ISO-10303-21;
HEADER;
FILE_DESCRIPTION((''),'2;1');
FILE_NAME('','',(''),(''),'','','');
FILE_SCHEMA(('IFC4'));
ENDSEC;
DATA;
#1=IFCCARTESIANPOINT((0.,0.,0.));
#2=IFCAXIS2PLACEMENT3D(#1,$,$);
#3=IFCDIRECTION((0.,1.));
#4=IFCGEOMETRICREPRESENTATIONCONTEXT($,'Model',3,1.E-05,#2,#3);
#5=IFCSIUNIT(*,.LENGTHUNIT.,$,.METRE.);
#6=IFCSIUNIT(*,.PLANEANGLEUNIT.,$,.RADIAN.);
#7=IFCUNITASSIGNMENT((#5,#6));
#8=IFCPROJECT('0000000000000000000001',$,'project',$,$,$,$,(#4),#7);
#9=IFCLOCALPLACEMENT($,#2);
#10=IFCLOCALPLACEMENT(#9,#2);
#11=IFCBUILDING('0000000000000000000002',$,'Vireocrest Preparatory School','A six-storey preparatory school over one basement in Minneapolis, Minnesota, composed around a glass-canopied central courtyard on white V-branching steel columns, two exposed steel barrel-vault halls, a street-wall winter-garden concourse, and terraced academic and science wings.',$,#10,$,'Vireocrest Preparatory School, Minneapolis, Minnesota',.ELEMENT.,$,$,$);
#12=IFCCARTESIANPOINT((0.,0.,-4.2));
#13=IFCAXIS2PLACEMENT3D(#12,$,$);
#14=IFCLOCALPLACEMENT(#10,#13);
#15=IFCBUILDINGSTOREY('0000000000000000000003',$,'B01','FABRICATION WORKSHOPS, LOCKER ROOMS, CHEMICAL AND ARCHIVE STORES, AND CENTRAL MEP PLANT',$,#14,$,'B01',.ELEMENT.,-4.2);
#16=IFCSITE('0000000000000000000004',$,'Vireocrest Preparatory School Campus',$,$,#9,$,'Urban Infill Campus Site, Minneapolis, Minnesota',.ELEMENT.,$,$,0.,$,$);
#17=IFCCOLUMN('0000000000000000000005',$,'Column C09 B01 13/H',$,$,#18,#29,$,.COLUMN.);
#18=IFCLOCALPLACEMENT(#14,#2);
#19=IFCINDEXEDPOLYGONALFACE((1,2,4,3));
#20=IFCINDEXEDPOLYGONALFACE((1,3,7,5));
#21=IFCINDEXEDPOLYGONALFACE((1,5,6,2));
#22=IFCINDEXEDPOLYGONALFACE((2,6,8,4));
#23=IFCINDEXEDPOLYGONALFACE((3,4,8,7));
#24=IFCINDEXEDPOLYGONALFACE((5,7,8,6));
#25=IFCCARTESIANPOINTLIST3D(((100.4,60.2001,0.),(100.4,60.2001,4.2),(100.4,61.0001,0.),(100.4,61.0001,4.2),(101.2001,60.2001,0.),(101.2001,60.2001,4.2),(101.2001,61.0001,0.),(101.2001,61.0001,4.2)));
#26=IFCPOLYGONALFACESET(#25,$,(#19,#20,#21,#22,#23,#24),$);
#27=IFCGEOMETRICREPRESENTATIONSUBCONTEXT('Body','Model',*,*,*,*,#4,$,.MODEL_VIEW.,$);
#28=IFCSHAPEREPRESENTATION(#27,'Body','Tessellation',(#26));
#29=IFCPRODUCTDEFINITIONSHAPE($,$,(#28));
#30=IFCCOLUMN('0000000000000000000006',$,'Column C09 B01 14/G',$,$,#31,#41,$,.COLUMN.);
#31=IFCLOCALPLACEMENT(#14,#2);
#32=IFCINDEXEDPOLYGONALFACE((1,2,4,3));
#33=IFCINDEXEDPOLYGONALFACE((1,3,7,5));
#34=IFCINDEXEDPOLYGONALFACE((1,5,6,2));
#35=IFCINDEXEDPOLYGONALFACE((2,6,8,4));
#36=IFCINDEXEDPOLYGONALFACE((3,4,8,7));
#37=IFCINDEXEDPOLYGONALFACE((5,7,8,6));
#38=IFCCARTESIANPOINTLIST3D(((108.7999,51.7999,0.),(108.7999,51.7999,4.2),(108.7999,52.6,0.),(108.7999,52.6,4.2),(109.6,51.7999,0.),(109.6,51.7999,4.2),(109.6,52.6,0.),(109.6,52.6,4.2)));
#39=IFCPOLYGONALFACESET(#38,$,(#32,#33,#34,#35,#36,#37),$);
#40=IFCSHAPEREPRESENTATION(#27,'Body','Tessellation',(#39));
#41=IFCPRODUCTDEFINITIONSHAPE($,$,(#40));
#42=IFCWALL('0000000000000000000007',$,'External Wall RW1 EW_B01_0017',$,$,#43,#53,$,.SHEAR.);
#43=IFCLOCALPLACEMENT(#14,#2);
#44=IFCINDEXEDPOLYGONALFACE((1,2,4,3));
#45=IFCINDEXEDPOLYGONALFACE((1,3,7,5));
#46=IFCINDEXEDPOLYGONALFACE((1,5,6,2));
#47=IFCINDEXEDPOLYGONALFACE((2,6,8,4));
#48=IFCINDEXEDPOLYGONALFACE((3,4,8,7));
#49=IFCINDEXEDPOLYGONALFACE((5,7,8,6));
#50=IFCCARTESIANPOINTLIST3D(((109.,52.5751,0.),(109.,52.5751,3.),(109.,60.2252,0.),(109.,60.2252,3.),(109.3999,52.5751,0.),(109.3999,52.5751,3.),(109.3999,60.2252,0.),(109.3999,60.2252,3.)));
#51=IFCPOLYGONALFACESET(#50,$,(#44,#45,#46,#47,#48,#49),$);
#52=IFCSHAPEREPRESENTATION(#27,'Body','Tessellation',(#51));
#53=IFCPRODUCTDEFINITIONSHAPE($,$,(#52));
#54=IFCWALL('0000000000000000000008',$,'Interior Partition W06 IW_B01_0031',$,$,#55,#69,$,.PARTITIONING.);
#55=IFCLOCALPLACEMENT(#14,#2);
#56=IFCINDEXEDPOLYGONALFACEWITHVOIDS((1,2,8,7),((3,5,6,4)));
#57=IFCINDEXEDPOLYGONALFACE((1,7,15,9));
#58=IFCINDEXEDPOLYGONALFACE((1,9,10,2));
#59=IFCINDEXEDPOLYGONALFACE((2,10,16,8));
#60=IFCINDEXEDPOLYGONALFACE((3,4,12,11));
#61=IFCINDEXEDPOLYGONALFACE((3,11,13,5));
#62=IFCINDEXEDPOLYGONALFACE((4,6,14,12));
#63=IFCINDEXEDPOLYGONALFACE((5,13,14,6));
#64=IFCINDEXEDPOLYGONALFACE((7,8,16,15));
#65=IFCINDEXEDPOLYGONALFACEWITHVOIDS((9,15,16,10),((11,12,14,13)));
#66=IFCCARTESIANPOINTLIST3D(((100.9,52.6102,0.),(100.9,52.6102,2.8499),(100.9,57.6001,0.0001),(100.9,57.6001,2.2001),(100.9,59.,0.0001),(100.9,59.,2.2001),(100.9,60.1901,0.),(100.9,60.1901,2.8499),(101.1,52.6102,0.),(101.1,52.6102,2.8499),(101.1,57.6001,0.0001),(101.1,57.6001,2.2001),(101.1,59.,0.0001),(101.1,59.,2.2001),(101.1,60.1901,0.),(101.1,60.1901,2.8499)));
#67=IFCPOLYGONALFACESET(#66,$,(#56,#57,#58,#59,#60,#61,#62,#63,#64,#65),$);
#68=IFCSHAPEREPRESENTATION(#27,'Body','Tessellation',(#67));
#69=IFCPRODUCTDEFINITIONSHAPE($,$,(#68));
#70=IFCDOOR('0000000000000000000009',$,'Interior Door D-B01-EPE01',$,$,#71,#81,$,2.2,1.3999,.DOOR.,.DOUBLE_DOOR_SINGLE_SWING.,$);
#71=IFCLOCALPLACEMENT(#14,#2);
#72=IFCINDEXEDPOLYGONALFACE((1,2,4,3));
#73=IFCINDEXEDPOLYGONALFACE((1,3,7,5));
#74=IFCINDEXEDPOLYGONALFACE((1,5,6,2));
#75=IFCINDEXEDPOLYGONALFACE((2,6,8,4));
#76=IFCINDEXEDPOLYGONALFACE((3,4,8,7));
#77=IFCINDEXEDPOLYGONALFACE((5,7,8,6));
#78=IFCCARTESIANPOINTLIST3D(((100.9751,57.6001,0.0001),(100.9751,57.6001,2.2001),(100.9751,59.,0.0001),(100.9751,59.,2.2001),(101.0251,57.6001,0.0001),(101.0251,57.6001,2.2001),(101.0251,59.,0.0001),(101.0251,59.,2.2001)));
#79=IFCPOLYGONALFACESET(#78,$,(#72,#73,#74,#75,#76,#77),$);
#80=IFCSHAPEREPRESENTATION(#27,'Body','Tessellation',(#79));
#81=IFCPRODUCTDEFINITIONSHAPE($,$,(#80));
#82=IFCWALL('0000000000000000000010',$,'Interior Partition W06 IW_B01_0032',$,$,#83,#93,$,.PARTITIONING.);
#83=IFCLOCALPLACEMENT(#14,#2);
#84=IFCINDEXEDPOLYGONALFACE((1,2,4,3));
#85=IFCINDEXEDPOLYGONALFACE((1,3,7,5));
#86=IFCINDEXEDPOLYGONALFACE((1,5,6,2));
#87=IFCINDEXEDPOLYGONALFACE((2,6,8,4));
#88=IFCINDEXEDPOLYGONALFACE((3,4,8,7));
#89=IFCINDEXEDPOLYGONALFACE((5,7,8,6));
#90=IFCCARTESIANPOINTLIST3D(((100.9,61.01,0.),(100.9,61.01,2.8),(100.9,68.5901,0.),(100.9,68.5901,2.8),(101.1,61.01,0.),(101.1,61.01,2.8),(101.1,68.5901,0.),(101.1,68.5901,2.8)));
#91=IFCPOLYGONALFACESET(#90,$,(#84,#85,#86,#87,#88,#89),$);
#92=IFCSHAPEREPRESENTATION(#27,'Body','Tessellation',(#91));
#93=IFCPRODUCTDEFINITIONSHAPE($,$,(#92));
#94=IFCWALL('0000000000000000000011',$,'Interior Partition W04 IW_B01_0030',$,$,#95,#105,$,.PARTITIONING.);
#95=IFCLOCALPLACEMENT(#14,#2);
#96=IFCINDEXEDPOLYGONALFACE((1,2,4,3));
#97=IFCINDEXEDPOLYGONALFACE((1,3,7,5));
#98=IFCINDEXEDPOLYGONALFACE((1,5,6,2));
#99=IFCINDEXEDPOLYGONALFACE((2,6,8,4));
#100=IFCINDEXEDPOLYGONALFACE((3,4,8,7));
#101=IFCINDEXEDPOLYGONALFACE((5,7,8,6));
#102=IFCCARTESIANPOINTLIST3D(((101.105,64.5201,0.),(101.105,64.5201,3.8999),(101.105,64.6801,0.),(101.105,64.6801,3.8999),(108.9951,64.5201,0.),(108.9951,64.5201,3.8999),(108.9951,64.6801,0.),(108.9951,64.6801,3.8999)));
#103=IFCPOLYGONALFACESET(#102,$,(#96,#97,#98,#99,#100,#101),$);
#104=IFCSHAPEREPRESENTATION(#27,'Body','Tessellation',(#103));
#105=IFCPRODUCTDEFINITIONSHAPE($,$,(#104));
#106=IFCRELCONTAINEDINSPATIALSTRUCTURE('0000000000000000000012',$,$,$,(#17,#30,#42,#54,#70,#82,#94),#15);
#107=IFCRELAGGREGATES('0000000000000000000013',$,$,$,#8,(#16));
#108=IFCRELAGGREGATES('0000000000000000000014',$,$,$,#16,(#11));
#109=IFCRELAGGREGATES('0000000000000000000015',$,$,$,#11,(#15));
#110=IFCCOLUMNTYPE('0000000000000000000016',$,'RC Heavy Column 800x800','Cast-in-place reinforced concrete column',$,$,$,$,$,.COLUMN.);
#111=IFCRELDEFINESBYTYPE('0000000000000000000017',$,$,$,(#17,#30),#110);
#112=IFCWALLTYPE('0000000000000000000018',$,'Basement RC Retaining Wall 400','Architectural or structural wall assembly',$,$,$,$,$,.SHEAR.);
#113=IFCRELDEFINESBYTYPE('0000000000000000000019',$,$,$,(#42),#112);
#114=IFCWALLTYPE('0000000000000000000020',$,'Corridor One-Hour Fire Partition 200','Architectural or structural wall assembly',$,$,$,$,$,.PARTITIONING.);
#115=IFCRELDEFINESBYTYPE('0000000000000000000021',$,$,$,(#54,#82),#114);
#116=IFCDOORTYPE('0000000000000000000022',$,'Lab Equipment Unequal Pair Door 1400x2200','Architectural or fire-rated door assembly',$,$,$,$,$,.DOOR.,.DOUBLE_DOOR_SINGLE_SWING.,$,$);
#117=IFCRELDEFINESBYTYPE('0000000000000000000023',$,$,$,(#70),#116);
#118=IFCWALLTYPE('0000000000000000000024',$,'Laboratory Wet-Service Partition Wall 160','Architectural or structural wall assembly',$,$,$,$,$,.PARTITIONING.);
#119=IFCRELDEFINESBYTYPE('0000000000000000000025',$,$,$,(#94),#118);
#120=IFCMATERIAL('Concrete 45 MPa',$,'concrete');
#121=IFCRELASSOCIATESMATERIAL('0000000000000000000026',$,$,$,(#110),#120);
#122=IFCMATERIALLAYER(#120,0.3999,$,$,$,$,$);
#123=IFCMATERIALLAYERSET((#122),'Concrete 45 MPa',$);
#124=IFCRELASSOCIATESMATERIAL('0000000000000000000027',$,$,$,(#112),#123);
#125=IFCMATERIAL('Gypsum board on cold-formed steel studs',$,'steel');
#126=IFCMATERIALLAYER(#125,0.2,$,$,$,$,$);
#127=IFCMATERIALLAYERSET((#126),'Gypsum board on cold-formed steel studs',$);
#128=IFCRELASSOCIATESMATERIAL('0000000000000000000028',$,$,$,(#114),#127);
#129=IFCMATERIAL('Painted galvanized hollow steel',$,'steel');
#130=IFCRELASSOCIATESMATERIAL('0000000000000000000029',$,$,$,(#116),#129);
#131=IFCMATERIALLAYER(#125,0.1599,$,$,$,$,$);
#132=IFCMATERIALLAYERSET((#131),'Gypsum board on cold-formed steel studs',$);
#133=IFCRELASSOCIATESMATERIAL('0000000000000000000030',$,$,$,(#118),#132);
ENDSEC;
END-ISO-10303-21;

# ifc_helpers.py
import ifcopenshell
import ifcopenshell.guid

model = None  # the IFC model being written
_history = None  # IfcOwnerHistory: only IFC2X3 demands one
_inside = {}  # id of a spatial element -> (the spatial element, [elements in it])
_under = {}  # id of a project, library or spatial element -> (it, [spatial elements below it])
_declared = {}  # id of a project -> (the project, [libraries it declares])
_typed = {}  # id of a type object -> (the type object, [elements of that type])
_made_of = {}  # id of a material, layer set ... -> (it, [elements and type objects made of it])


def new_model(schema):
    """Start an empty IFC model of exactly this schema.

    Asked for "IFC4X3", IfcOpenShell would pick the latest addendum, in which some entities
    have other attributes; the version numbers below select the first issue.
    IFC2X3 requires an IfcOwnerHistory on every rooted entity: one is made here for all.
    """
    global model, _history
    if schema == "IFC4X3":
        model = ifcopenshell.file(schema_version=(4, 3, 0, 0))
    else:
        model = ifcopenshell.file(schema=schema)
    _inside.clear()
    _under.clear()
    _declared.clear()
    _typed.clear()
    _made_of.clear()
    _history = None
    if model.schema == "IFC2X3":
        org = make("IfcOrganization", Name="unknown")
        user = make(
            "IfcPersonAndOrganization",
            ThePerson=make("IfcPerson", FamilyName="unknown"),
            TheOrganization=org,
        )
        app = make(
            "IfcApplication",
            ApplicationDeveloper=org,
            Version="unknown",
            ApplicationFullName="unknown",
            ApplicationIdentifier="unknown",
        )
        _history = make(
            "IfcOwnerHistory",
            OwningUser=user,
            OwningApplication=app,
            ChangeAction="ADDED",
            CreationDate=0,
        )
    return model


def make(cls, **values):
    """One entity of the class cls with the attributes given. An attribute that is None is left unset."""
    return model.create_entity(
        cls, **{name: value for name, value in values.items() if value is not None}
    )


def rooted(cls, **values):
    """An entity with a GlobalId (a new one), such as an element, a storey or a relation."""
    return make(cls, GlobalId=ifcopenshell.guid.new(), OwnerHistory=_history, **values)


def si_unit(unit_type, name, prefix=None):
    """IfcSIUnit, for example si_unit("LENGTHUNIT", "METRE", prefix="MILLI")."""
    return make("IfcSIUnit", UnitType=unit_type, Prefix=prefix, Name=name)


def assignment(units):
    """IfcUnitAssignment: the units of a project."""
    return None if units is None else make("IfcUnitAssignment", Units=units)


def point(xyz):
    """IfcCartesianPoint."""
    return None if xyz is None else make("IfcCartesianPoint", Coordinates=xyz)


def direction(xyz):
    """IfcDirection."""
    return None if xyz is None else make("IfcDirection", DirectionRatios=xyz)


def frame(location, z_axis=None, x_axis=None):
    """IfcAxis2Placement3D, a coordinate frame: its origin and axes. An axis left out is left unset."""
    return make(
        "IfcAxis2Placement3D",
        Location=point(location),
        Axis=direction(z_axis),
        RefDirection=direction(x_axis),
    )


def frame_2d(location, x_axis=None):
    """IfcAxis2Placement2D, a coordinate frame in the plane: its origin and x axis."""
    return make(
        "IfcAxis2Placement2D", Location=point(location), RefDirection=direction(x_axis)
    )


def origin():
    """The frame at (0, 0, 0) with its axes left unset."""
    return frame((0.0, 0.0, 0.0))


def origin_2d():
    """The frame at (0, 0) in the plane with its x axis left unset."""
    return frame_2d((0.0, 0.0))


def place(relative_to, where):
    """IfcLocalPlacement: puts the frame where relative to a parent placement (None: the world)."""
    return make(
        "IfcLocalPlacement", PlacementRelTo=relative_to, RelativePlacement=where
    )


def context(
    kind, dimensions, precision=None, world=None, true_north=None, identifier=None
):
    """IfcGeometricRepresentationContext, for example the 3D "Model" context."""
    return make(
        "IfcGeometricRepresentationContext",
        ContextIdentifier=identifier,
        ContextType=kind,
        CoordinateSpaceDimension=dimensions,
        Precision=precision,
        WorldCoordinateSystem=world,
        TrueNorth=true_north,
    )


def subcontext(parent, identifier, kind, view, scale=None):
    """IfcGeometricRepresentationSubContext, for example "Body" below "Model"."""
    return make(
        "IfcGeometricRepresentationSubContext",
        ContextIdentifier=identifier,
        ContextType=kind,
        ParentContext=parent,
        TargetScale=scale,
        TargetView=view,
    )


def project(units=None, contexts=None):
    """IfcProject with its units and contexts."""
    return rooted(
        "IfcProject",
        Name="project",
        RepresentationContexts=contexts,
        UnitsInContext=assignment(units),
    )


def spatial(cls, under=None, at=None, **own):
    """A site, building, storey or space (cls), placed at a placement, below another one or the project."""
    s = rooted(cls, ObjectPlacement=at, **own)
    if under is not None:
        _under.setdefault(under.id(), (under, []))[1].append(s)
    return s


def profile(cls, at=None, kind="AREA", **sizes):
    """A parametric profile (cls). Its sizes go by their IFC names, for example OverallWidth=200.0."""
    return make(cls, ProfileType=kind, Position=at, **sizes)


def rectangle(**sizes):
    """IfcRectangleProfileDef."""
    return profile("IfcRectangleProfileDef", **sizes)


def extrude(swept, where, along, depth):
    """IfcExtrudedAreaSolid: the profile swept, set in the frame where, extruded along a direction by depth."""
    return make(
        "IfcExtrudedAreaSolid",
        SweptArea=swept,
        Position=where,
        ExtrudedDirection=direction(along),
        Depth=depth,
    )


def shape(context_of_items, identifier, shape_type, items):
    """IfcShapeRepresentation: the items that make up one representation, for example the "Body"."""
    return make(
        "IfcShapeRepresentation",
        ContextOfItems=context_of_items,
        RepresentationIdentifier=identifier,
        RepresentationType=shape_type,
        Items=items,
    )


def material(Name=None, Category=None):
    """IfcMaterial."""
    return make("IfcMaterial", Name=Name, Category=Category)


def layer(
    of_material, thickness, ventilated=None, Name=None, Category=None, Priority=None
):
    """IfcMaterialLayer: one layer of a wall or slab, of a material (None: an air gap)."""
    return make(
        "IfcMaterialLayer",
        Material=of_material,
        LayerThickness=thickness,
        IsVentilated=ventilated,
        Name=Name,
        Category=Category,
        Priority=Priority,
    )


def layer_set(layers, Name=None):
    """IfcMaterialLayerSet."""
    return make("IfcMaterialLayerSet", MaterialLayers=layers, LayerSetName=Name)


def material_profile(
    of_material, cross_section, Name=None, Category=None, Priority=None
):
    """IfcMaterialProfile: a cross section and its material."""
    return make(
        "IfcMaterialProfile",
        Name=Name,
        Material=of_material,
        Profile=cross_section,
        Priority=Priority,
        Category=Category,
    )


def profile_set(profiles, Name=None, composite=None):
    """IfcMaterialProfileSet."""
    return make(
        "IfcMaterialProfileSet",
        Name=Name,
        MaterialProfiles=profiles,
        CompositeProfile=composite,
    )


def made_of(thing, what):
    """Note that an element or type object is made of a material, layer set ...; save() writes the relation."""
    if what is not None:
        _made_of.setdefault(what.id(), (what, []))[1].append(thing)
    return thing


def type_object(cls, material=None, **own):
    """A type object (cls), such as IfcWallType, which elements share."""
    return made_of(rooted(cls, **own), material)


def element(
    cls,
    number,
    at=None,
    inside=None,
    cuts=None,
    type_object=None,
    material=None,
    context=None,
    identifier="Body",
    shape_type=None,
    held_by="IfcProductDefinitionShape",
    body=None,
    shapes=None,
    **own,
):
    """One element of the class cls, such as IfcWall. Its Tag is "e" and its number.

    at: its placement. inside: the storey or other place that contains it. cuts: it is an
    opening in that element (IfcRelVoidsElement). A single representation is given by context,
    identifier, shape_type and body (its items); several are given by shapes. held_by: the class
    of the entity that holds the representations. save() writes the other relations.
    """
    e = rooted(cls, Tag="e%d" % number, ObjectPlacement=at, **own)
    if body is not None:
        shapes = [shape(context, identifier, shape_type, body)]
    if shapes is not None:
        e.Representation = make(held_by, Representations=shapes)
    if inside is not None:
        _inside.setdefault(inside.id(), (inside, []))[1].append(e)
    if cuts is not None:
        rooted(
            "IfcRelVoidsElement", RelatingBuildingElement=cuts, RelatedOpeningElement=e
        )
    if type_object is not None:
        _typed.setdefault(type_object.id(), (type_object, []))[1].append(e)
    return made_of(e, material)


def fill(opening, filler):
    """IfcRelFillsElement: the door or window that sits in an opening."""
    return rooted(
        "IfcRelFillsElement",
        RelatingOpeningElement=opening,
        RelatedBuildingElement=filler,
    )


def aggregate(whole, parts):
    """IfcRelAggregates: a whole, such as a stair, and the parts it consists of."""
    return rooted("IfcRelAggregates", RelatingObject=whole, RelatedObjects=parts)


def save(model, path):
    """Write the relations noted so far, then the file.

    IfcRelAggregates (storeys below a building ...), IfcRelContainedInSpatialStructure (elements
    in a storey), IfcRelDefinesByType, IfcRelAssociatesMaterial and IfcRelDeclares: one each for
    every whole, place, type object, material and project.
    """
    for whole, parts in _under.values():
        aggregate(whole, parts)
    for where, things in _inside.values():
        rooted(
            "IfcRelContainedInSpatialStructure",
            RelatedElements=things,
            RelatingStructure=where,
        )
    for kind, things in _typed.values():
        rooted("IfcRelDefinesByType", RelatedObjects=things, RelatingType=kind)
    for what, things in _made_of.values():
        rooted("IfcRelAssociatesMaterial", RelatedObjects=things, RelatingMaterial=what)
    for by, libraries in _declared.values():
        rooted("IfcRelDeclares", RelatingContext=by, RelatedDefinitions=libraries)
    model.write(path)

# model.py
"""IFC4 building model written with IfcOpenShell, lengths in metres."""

from ifc_helpers import new_model, si_unit, direction, frame, frame_2d, origin, origin_2d, place, context, subcontext, project, spatial, rectangle, extrude, material, layer, layer_set, material_profile, profile_set, type_object, element, fill, save


model = new_model("IFC4")

# Units and contexts
model_context = context("Model", 3, precision=1e-05, world=origin(), true_north=direction((0.0, 1.0)))
body_context = subcontext(model_context, "Body", "Model", "MODEL_VIEW")
ifc_project = project(units=[si_unit("LENGTHUNIT", "METRE"), si_unit("PLANEANGLEUNIT", "RADIAN")], contexts=[model_context])

# Site, building, storey
site_placement = place(None, origin())
site = spatial("IfcSite", under=ifc_project, at=site_placement, Name="Vireocrest Preparatory School Campus", LongName="Urban Infill Campus Site, Minneapolis, Minnesota", CompositionType="ELEMENT", RefElevation=0.0)
building_placement = place(site_placement, origin())
building = spatial("IfcBuilding", under=site, at=building_placement, Name="Vireocrest Preparatory School", Description="A six-storey preparatory school over one basement in Minneapolis, Minnesota, composed around a glass-canopied central courtyard on white V-branching steel columns, two exposed steel barrel-vault halls, a street-wall winter-garden concourse, and terraced academic and science wings.", LongName="Vireocrest Preparatory School, Minneapolis, Minnesota", CompositionType="ELEMENT")
storey_placement = place(building_placement, frame((0.0, 0.0, -4.2)))
storey = spatial("IfcBuildingStorey", under=building, at=storey_placement, Name="B01", Description="FABRICATION WORKSHOPS, LOCKER ROOMS, CHEMICAL AND ARCHIVE STORES, AND CENTRAL MEP PLANT", LongName="B01", CompositionType="ELEMENT", Elevation=-4.2)

# Columns
ifc_material_1 = material(Name="Concrete 45 MPa", Category="concrete")
ifc_material_profile_1 = material_profile(ifc_material_1, rectangle(XDim=0.8, YDim=0.8, at=origin_2d()), Name="RC 800x800")
ifc_profile_set_1 = profile_set([ifc_material_profile_1], Name="Concrete 45 MPa")
column_type = type_object("IfcColumnType", Name="RC Heavy Column 800x800", Description="Cast-in-place reinforced concrete column", PredefinedType="COLUMN", material=ifc_profile_set_1)
for number, where, z_axis, x_axis, name in (
    (1, (100.8, 60.6001, 0.0), (0.0, 0.0, 1.0), (1.0, 0.0, 0.0), "Column C09 B01 13/H"),
    (2, (109.2, 52.2, 0.0), (0.0, 0.0, 1.0), (1.0, 0.0, 0.0), "Column C09 B01 14/G"),
):
    element("IfcColumn", number, at=place(storey_placement, frame(where, z_axis=z_axis, x_axis=x_axis)), inside=storey, type_object=column_type, Name=name, PredefinedType="COLUMN", context=body_context, shape_type="SweptSolid", body=[
        extrude(rectangle(XDim=0.8, YDim=0.8, at=origin_2d()), origin(), (0.0, 0.0, 1.0), 4.2),
    ])

# Wall
ifc_layer_1 = layer(ifc_material_1, 0.3999)
ifc_layer_set_1 = layer_set([ifc_layer_1], Name="Concrete 45 MPa")
wall_type_1 = type_object("IfcWallType", Name="Basement RC Retaining Wall 400", Description="Architectural or structural wall assembly", PredefinedType="SHEAR", material=ifc_layer_set_1)
wall_1_placement = place(storey_placement, frame((109.2, 52.575, 0.0), z_axis=(0.0, 0.0, 1.0), x_axis=(0.0, 1.0, 0.0)))
element("IfcWall", 3, at=wall_1_placement, inside=storey, type_object=wall_type_1, Name="External Wall RW1 EW_B01_0017", PredefinedType="SHEAR", context=body_context, shape_type="SweptSolid", body=[
    extrude(rectangle(XDim=7.6501, YDim=0.3999, at=frame_2d((3.8252, 0.0))), origin(), (0.0, 0.0, 1.0), 3.0),
])

# Wall, opening, door
ifc_material_2 = material(Name="Gypsum board on cold-formed steel studs", Category="steel")
ifc_layer_2 = layer(ifc_material_2, 0.2)
ifc_layer_set_2 = layer_set([ifc_layer_2], Name="Gypsum board on cold-formed steel studs")
wall_type_2 = type_object("IfcWallType", Name="Corridor One-Hour Fire Partition 200", Description="Architectural or structural wall assembly", PredefinedType="PARTITIONING", material=ifc_layer_set_2)
wall_2_placement = place(storey_placement, frame((101.0, 52.6101, 0.0), z_axis=(0.0, 0.0, 1.0), x_axis=(0.0, 1.0, 0.0)))
wall_2 = element("IfcWall", 4, at=wall_2_placement, inside=storey, type_object=wall_type_2, Name="Interior Partition W06 IW_B01_0031", PredefinedType="PARTITIONING", context=body_context, shape_type="SweptSolid", body=[
    extrude(rectangle(XDim=7.5798, YDim=0.2, at=frame_2d((3.79, 0.0))), origin(), (0.0, 0.0, 1.0), 2.8499),
])
opening_placement = place(wall_2_placement, frame((4.99, 0.0, 0.0)))
opening = element("IfcOpeningElement", 5, at=opening_placement, cuts=wall_2, PredefinedType="OPENING", context=body_context, shape_type="SweptSolid", body=[
    extrude(rectangle(XDim=1.3999, YDim=2.2, at=frame_2d((0.7, 1.1001))), frame((0.0, 0.1099, 0.0), z_axis=(0.0, -1.0, 0.0), x_axis=(1.0, 0.0, 0.0)), (0.0, 0.0, 1.0), 0.22),
])
ifc_material_3 = material(Name="Painted galvanized hollow steel", Category="steel")
door_type = type_object("IfcDoorType", Name="Lab Equipment Unequal Pair Door 1400x2200", Description="Architectural or fire-rated door assembly", OperationType="DOUBLE_DOOR_SINGLE_SWING", PredefinedType="DOOR", material=ifc_material_3)
door_placement = place(opening_placement, origin())
door = element("IfcDoor", 6, at=door_placement, inside=storey, type_object=door_type, Name="Interior Door D-B01-EPE01", OperationType="DOUBLE_DOOR_SINGLE_SWING", OverallHeight=2.2, OverallWidth=1.3999, PredefinedType="DOOR", context=body_context, shape_type="SweptSolid", body=[
    extrude(rectangle(XDim=1.3999, YDim=2.2, at=frame_2d((0.7, 1.1001))), frame((0.0, 0.0249, 0.0), z_axis=(0.0, -1.0, 0.0), x_axis=(1.0, 0.0, 0.0)), (0.0, 0.0, 1.0), 0.05),
])
fill(opening, door)

# Walls
wall_3_placement = place(storey_placement, frame((101.0, 61.01, 0.0), z_axis=(0.0, 0.0, 1.0), x_axis=(0.0, 1.0, 0.0)))
element("IfcWall", 7, at=wall_3_placement, inside=storey, type_object=wall_type_2, Name="Interior Partition W06 IW_B01_0032", PredefinedType="PARTITIONING", context=body_context, shape_type="SweptSolid", body=[
    extrude(rectangle(XDim=7.5801, YDim=0.2, at=frame_2d((3.79, 0.0))), origin(), (0.0, 0.0, 1.0), 2.8),
])
ifc_layer_3 = layer(ifc_material_2, 0.1599)
ifc_layer_set_3 = layer_set([ifc_layer_3], Name="Gypsum board on cold-formed steel studs")
wall_type_3 = type_object("IfcWallType", Name="Laboratory Wet-Service Partition Wall 160", Description="Architectural or structural wall assembly", PredefinedType="PARTITIONING", material=ifc_layer_set_3)
wall_4_placement = place(storey_placement, frame((101.105, 64.6001, 0.0), z_axis=(0.0, 0.0, 1.0), x_axis=(1.0, 0.0, 0.0)))
element("IfcWall", 8, at=wall_4_placement, inside=storey, type_object=wall_type_3, Name="Interior Partition W04 IW_B01_0030", PredefinedType="PARTITIONING", context=body_context, shape_type="SweptSolid", body=[
    extrude(rectangle(XDim=7.8901, YDim=0.1599, at=frame_2d((3.9451, 0.0))), origin(), (0.0, 0.0, 1.0), 3.8999),
])

save(model, "model.ifc")
